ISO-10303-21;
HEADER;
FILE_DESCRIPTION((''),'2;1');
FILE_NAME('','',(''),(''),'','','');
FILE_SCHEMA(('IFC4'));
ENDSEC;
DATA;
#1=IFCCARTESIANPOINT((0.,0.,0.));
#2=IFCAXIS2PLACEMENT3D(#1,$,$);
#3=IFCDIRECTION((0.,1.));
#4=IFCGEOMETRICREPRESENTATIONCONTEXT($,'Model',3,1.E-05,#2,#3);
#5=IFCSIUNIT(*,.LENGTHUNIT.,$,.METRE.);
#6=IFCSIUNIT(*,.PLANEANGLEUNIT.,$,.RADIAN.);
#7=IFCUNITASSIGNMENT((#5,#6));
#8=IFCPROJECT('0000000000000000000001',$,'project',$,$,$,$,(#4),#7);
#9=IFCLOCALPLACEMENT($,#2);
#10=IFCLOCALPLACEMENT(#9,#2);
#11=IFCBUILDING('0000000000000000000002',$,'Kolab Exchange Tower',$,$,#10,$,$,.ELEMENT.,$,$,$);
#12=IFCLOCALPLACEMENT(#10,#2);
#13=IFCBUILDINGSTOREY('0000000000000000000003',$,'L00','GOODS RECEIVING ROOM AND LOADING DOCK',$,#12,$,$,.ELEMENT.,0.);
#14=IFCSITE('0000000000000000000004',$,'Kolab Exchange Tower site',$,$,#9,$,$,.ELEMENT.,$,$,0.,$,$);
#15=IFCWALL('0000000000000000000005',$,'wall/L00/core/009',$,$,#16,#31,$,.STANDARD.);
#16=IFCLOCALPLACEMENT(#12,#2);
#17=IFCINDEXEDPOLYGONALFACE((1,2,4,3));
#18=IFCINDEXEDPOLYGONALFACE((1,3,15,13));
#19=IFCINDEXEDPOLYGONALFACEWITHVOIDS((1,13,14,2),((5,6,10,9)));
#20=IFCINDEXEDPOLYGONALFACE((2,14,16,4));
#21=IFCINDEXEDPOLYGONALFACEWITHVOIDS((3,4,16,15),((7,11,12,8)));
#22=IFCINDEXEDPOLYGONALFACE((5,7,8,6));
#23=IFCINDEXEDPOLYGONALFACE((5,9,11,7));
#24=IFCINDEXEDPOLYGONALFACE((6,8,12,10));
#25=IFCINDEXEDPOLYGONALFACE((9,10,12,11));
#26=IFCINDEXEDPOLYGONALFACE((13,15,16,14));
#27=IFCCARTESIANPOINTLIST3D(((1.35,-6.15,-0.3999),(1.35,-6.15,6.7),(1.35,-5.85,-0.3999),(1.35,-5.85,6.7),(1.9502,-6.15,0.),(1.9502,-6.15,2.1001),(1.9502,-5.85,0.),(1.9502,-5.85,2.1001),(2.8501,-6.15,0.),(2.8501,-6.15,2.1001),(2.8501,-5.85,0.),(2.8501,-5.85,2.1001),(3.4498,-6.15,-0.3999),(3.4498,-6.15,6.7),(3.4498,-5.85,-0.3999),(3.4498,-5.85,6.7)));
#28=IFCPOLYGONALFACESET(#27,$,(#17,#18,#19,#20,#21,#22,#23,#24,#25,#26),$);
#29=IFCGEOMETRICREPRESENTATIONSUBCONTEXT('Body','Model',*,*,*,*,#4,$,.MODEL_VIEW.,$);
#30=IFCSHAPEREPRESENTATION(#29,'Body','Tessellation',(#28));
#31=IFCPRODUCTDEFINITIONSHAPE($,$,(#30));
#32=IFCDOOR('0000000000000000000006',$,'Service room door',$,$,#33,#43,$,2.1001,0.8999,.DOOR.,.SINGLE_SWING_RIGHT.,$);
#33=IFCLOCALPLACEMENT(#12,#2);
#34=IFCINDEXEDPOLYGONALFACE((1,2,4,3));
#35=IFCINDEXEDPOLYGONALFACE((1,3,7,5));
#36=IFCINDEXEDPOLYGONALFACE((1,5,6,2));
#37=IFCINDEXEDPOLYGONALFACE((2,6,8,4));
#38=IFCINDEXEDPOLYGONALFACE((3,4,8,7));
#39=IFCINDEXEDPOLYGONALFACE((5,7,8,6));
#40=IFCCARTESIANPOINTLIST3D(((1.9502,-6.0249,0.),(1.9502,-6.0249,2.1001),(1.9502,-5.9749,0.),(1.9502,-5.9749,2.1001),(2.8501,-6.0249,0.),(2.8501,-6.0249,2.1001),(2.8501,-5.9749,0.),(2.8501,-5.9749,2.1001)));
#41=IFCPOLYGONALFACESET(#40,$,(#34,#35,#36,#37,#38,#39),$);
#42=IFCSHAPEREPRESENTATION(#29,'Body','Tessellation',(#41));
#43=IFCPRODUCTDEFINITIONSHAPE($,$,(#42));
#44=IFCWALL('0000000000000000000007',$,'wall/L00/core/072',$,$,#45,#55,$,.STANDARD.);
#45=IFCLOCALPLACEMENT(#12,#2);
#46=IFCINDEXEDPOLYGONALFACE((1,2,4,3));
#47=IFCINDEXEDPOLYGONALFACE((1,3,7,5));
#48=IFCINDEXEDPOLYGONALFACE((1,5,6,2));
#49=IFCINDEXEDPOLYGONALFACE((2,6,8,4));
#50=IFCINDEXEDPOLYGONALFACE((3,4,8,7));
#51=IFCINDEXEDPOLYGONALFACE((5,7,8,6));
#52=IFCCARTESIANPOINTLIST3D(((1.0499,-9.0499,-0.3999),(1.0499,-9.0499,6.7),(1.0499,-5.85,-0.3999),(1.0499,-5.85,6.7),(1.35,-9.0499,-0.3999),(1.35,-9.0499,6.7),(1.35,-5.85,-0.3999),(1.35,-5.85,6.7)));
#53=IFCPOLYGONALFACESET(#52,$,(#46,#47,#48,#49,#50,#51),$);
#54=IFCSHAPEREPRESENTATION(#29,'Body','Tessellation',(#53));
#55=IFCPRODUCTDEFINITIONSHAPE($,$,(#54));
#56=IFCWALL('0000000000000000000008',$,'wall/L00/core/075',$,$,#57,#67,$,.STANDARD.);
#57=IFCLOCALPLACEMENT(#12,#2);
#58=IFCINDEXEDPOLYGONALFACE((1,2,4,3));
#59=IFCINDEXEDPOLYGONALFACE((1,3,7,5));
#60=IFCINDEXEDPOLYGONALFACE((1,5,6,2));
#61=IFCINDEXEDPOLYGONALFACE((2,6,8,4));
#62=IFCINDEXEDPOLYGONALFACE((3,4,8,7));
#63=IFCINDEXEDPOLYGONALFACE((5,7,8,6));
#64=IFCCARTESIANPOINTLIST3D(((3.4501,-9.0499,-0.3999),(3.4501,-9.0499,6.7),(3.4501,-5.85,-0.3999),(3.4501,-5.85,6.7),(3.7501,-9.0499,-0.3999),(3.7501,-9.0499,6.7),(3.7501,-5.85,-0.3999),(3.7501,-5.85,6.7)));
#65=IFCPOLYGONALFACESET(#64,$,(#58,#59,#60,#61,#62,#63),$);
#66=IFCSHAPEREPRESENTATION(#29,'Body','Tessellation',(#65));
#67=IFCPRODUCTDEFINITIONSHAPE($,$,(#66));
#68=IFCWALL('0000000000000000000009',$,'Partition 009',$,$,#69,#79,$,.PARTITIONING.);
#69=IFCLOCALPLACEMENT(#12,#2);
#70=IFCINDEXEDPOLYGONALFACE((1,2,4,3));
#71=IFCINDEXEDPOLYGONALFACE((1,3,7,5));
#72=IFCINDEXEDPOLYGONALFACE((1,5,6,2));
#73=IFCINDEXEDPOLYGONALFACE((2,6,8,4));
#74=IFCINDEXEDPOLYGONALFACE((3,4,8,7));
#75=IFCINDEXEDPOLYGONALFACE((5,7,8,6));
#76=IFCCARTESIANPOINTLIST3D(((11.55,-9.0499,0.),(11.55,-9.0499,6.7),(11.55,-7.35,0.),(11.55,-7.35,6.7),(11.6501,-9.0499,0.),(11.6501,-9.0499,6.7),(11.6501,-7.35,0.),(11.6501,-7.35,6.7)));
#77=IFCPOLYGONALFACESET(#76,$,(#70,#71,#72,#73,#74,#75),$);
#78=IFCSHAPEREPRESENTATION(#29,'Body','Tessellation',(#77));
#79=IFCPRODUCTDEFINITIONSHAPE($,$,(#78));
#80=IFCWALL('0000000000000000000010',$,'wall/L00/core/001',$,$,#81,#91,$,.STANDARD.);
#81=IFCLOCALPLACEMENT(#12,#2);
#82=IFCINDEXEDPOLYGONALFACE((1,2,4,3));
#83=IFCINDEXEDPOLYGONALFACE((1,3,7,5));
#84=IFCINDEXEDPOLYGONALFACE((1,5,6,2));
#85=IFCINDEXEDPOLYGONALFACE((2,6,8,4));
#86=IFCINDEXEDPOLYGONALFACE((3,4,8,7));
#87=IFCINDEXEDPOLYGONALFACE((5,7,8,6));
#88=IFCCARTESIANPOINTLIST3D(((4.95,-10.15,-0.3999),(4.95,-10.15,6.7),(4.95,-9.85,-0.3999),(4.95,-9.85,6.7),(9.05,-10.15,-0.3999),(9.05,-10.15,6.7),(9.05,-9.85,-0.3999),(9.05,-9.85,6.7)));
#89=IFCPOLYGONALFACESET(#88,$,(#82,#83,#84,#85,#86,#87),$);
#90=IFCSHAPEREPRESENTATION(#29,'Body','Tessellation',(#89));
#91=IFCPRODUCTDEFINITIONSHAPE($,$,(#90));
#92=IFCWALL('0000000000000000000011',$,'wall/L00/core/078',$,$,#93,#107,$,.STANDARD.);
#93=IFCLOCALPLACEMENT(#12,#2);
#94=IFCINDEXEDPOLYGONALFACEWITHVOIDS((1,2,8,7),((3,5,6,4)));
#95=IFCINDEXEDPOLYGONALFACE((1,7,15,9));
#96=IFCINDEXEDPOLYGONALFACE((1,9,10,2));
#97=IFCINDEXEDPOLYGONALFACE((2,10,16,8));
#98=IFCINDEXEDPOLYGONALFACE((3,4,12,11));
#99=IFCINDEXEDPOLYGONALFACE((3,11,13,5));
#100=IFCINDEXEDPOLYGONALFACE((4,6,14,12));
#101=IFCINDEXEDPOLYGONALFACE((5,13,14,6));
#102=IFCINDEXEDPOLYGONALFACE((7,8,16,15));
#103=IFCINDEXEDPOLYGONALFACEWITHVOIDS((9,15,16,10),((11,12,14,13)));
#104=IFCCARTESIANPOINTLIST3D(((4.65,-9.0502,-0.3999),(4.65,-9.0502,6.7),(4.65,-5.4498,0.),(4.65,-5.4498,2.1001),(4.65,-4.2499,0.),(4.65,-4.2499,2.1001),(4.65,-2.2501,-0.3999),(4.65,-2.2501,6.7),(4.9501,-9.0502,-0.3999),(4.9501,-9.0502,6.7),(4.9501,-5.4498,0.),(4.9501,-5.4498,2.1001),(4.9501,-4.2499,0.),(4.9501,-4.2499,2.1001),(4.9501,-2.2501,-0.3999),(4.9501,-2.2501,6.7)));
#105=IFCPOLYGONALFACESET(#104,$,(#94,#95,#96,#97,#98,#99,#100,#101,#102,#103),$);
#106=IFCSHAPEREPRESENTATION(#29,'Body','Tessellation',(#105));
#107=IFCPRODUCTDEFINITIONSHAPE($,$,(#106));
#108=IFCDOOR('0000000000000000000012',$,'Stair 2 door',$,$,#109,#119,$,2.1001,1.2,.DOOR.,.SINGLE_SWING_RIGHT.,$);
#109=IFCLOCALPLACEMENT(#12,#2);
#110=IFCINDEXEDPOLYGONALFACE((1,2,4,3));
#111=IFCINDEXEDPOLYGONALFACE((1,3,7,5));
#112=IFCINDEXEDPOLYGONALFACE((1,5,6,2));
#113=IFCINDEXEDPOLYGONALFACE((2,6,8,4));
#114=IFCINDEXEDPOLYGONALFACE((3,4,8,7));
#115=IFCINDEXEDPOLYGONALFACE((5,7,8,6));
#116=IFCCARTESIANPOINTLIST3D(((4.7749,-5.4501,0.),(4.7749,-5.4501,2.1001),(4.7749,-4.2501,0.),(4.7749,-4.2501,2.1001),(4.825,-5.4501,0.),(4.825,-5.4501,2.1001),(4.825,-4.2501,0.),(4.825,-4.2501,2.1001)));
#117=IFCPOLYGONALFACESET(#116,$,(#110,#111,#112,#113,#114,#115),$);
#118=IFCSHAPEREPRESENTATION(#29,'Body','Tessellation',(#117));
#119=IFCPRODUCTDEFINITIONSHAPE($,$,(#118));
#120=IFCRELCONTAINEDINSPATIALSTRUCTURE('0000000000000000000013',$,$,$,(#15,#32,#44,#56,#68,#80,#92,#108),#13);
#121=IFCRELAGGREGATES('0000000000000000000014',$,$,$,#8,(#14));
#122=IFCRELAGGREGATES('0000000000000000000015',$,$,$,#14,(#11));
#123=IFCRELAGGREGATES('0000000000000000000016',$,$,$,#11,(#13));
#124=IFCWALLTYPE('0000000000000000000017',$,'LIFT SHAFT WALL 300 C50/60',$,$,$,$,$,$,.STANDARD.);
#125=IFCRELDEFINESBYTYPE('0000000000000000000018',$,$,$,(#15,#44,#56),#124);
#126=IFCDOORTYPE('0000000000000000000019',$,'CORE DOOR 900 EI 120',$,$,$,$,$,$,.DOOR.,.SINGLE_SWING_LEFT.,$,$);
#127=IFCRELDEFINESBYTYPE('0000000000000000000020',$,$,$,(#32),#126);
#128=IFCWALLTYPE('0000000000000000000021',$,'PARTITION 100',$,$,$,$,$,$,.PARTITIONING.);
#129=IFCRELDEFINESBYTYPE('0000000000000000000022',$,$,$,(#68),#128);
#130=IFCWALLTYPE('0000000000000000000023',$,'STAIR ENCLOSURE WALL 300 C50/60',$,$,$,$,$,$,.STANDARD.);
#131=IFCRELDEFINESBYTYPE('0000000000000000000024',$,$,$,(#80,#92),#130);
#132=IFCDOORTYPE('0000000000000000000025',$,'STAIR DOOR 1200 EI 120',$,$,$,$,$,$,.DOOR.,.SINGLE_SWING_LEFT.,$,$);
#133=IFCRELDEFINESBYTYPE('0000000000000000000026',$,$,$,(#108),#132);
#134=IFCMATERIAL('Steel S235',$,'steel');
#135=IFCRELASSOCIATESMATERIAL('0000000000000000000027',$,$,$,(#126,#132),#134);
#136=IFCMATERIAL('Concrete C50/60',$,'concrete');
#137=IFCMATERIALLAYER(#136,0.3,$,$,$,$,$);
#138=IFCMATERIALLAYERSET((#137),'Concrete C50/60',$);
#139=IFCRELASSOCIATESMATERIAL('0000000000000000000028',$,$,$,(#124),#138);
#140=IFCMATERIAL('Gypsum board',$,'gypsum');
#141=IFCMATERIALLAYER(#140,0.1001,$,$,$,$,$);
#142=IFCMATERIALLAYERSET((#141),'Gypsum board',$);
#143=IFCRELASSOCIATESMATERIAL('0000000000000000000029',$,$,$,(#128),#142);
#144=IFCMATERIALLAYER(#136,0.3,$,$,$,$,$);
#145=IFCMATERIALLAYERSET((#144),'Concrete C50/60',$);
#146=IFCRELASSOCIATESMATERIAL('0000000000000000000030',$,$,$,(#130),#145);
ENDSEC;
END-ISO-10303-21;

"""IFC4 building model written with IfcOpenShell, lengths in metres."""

from ifc_helpers import new_model, si_unit, direction, frame, frame_2d, origin, place, context, subcontext, project, spatial, rectangle, extrude, material, layer, layer_set, type_object, element, fill, save


model = new_model("IFC4")

# Units and contexts
model_context = context("Model", 3, precision=1e-05, world=origin(), true_north=direction((0.0, 1.0)))
body_context = subcontext(model_context, "Body", "Model", "MODEL_VIEW")
ifc_project = project(units=[si_unit("LENGTHUNIT", "METRE"), si_unit("PLANEANGLEUNIT", "RADIAN")], contexts=[model_context])

# Site, building, storey
site_placement = place(None, origin())
site = spatial("IfcSite", under=ifc_project, at=site_placement, Name="Kolab Exchange Tower site", CompositionType="ELEMENT", RefElevation=0.0)
building_placement = place(site_placement, origin())
building = spatial("IfcBuilding", under=site, at=building_placement, Name="Kolab Exchange Tower", CompositionType="ELEMENT")
storey_placement = place(building_placement, origin())
storey = spatial("IfcBuildingStorey", under=building, at=storey_placement, Name="L00", Description="GOODS RECEIVING ROOM AND LOADING DOCK", CompositionType="ELEMENT", Elevation=0.0)

# Shared definitions
ifc_material_1 = material(Name="Steel S235", Category="steel")
door_type_1 = type_object("IfcDoorType", Name="CORE DOOR 900 EI 120", OperationType="SINGLE_SWING_LEFT", PredefinedType="DOOR", material=ifc_material_1)

# Shared definitions
ifc_material_2 = material(Name="Concrete C50/60", Category="concrete")
ifc_layer_1 = layer(ifc_material_2, 0.3)
ifc_layer_set_1 = layer_set([ifc_layer_1], Name="Concrete C50/60")
wall_type_1 = type_object("IfcWallType", Name="LIFT SHAFT WALL 300 C50/60", PredefinedType="STANDARD", material=ifc_layer_set_1)

# Wall, opening, door
wall_1_placement = place(storey_placement, frame((1.3501, -6.0, -0.3999), z_axis=(0.0, 0.0, 1.0), x_axis=(1.0, 0.0, 0.0)))
wall_1 = element("IfcWall", 1, at=wall_1_placement, inside=storey, type_object=wall_type_1, Name="wall/L00/core/009", PredefinedType="STANDARD", context=body_context, shape_type="SweptSolid", body=[
    extrude(rectangle(XDim=2.0999, YDim=0.3, at=frame_2d((1.0498, 0.0))), origin(), (0.0, 0.0, 1.0), 7.0999),
])
opening_1_placement = place(wall_1_placement, frame((0.6001, 0.0, 0.3999)))
opening_1 = element("IfcOpeningElement", 2, at=opening_1_placement, cuts=wall_1, PredefinedType="OPENING", context=body_context, shape_type="SweptSolid", body=[
    extrude(rectangle(XDim=0.8999, YDim=2.1001, at=frame_2d((0.45, 1.05))), frame((0.0, 0.1602, 0.0), z_axis=(0.0, -1.0, 0.0), x_axis=(1.0, 0.0, 0.0)), (0.0, 0.0, 1.0), 0.3201),
])
door_1_placement = place(opening_1_placement, frame((0.8999, 0.0, 0.0), z_axis=(0.0, 0.0, 1.0), x_axis=(-1.0, 0.0, 0.0)))
door_1 = element("IfcDoor", 3, at=door_1_placement, inside=storey, type_object=door_type_1, Name="Service room door", OperationType="SINGLE_SWING_RIGHT", OverallHeight=2.1001, OverallWidth=0.8999, PredefinedType="DOOR", context=body_context, shape_type="SweptSolid", body=[
    extrude(rectangle(XDim=0.8999, YDim=2.1001, at=frame_2d((0.45, 1.05))), frame((0.0, 0.0249, 0.0), z_axis=(0.0, -1.0, 0.0), x_axis=(1.0, 0.0, 0.0)), (0.0, 0.0, 1.0), 0.05),
])
fill(opening_1, door_1)

# Walls
for number, where, z_axis, x_axis, name in (
    (4, (1.2, -9.05, -0.3999), (0.0, 0.0, 1.0), (0.0, 1.0, 0.0), "wall/L00/core/072"),
    (5, (3.6001, -9.05, -0.3999), (0.0, 0.0, 1.0), (0.0, 1.0, 0.0), "wall/L00/core/075"),
):
    element("IfcWall", number, at=place(storey_placement, frame(where, z_axis=z_axis, x_axis=x_axis)), inside=storey, type_object=wall_type_1, Name=name, PredefinedType="STANDARD", context=body_context, shape_type="SweptSolid", body=[
        extrude(rectangle(XDim=3.2, YDim=0.3, at=frame_2d((1.6001, 0.0))), origin(), (0.0, 0.0, 1.0), 7.0999),
    ])
ifc_material_3 = material(Name="Gypsum board", Category="gypsum")
ifc_layer_2 = layer(ifc_material_3, 0.1001)
ifc_layer_set_2 = layer_set([ifc_layer_2], Name="Gypsum board")
wall_type_2 = type_object("IfcWallType", Name="PARTITION 100", PredefinedType="PARTITIONING", material=ifc_layer_set_2)
wall_2_placement = place(storey_placement, frame((11.6001, -9.05, 0.0), z_axis=(0.0, 0.0, 1.0), x_axis=(0.0, 1.0, 0.0)))
element("IfcWall", 6, at=wall_2_placement, inside=storey, type_object=wall_type_2, Name="Partition 009", PredefinedType="PARTITIONING", context=body_context, shape_type="SweptSolid", body=[
    extrude(rectangle(XDim=1.7, YDim=0.1001, at=frame_2d((0.8501, 0.0))), origin(), (0.0, 0.0, 1.0), 6.7),
])
ifc_layer_3 = layer(ifc_material_2, 0.3)
ifc_layer_set_3 = layer_set([ifc_layer_3], Name="Concrete C50/60")
wall_type_3 = type_object("IfcWallType", Name="STAIR ENCLOSURE WALL 300 C50/60", PredefinedType="STANDARD", material=ifc_layer_set_3)
wall_3_placement = place(storey_placement, frame((4.95, -10.0, -0.3999), z_axis=(0.0, 0.0, 1.0), x_axis=(1.0, 0.0, 0.0)))
element("IfcWall", 7, at=wall_3_placement, inside=storey, type_object=wall_type_3, Name="wall/L00/core/001", PredefinedType="STANDARD", context=body_context, shape_type="SweptSolid", body=[
    extrude(rectangle(XDim=4.1001, YDim=0.3, at=frame_2d((2.05, 0.0))), origin(), (0.0, 0.0, 1.0), 7.0999),
])

# Wall, opening, door
wall_4_placement = place(storey_placement, frame((4.8, -9.05, -0.3999), z_axis=(0.0, 0.0, 1.0), x_axis=(0.0, 1.0, 0.0)))
wall_4 = element("IfcWall", 8, at=wall_4_placement, inside=storey, type_object=wall_type_3, Name="wall/L00/core/078", PredefinedType="STANDARD", context=body_context, shape_type="SweptSolid", body=[
    extrude(rectangle(XDim=6.8, YDim=0.3, at=frame_2d((3.3999, 0.0))), origin(), (0.0, 0.0, 1.0), 7.0999),
])
opening_2_placement = place(wall_4_placement, frame((3.6001, 0.0, 0.3999)))
opening_2 = element("IfcOpeningElement", 9, at=opening_2_placement, cuts=wall_4, PredefinedType="OPENING", context=body_context, shape_type="SweptSolid", body=[
    extrude(rectangle(XDim=1.2, YDim=2.1001, at=frame_2d((0.6001, 1.05))), frame((0.0, 0.1602, 0.0), z_axis=(0.0, -1.0, 0.0), x_axis=(1.0, 0.0, 0.0)), (0.0, 0.0, 1.0), 0.3201),
])
door_type_2 = type_object("IfcDoorType", Name="STAIR DOOR 1200 EI 120", OperationType="SINGLE_SWING_LEFT", PredefinedType="DOOR", material=ifc_material_1)
door_2_placement = place(opening_2_placement, frame((1.2, 0.0, 0.0), z_axis=(0.0, 0.0, 1.0), x_axis=(-1.0, 0.0, 0.0)))
door_2 = element("IfcDoor", 10, at=door_2_placement, inside=storey, type_object=door_type_2, Name="Stair 2 door", OperationType="SINGLE_SWING_RIGHT", OverallHeight=2.1001, OverallWidth=1.2, PredefinedType="DOOR", context=body_context, shape_type="SweptSolid", body=[
    extrude(rectangle(XDim=1.2, YDim=2.1001, at=frame_2d((0.6001, 1.05))), frame((0.0, 0.0249, 0.0), z_axis=(0.0, -1.0, 0.0), x_axis=(1.0, 0.0, 0.0)), (0.0, 0.0, 1.0), 0.05),
])
fill(opening_2, door_2)

save(model, "model.ifc")
